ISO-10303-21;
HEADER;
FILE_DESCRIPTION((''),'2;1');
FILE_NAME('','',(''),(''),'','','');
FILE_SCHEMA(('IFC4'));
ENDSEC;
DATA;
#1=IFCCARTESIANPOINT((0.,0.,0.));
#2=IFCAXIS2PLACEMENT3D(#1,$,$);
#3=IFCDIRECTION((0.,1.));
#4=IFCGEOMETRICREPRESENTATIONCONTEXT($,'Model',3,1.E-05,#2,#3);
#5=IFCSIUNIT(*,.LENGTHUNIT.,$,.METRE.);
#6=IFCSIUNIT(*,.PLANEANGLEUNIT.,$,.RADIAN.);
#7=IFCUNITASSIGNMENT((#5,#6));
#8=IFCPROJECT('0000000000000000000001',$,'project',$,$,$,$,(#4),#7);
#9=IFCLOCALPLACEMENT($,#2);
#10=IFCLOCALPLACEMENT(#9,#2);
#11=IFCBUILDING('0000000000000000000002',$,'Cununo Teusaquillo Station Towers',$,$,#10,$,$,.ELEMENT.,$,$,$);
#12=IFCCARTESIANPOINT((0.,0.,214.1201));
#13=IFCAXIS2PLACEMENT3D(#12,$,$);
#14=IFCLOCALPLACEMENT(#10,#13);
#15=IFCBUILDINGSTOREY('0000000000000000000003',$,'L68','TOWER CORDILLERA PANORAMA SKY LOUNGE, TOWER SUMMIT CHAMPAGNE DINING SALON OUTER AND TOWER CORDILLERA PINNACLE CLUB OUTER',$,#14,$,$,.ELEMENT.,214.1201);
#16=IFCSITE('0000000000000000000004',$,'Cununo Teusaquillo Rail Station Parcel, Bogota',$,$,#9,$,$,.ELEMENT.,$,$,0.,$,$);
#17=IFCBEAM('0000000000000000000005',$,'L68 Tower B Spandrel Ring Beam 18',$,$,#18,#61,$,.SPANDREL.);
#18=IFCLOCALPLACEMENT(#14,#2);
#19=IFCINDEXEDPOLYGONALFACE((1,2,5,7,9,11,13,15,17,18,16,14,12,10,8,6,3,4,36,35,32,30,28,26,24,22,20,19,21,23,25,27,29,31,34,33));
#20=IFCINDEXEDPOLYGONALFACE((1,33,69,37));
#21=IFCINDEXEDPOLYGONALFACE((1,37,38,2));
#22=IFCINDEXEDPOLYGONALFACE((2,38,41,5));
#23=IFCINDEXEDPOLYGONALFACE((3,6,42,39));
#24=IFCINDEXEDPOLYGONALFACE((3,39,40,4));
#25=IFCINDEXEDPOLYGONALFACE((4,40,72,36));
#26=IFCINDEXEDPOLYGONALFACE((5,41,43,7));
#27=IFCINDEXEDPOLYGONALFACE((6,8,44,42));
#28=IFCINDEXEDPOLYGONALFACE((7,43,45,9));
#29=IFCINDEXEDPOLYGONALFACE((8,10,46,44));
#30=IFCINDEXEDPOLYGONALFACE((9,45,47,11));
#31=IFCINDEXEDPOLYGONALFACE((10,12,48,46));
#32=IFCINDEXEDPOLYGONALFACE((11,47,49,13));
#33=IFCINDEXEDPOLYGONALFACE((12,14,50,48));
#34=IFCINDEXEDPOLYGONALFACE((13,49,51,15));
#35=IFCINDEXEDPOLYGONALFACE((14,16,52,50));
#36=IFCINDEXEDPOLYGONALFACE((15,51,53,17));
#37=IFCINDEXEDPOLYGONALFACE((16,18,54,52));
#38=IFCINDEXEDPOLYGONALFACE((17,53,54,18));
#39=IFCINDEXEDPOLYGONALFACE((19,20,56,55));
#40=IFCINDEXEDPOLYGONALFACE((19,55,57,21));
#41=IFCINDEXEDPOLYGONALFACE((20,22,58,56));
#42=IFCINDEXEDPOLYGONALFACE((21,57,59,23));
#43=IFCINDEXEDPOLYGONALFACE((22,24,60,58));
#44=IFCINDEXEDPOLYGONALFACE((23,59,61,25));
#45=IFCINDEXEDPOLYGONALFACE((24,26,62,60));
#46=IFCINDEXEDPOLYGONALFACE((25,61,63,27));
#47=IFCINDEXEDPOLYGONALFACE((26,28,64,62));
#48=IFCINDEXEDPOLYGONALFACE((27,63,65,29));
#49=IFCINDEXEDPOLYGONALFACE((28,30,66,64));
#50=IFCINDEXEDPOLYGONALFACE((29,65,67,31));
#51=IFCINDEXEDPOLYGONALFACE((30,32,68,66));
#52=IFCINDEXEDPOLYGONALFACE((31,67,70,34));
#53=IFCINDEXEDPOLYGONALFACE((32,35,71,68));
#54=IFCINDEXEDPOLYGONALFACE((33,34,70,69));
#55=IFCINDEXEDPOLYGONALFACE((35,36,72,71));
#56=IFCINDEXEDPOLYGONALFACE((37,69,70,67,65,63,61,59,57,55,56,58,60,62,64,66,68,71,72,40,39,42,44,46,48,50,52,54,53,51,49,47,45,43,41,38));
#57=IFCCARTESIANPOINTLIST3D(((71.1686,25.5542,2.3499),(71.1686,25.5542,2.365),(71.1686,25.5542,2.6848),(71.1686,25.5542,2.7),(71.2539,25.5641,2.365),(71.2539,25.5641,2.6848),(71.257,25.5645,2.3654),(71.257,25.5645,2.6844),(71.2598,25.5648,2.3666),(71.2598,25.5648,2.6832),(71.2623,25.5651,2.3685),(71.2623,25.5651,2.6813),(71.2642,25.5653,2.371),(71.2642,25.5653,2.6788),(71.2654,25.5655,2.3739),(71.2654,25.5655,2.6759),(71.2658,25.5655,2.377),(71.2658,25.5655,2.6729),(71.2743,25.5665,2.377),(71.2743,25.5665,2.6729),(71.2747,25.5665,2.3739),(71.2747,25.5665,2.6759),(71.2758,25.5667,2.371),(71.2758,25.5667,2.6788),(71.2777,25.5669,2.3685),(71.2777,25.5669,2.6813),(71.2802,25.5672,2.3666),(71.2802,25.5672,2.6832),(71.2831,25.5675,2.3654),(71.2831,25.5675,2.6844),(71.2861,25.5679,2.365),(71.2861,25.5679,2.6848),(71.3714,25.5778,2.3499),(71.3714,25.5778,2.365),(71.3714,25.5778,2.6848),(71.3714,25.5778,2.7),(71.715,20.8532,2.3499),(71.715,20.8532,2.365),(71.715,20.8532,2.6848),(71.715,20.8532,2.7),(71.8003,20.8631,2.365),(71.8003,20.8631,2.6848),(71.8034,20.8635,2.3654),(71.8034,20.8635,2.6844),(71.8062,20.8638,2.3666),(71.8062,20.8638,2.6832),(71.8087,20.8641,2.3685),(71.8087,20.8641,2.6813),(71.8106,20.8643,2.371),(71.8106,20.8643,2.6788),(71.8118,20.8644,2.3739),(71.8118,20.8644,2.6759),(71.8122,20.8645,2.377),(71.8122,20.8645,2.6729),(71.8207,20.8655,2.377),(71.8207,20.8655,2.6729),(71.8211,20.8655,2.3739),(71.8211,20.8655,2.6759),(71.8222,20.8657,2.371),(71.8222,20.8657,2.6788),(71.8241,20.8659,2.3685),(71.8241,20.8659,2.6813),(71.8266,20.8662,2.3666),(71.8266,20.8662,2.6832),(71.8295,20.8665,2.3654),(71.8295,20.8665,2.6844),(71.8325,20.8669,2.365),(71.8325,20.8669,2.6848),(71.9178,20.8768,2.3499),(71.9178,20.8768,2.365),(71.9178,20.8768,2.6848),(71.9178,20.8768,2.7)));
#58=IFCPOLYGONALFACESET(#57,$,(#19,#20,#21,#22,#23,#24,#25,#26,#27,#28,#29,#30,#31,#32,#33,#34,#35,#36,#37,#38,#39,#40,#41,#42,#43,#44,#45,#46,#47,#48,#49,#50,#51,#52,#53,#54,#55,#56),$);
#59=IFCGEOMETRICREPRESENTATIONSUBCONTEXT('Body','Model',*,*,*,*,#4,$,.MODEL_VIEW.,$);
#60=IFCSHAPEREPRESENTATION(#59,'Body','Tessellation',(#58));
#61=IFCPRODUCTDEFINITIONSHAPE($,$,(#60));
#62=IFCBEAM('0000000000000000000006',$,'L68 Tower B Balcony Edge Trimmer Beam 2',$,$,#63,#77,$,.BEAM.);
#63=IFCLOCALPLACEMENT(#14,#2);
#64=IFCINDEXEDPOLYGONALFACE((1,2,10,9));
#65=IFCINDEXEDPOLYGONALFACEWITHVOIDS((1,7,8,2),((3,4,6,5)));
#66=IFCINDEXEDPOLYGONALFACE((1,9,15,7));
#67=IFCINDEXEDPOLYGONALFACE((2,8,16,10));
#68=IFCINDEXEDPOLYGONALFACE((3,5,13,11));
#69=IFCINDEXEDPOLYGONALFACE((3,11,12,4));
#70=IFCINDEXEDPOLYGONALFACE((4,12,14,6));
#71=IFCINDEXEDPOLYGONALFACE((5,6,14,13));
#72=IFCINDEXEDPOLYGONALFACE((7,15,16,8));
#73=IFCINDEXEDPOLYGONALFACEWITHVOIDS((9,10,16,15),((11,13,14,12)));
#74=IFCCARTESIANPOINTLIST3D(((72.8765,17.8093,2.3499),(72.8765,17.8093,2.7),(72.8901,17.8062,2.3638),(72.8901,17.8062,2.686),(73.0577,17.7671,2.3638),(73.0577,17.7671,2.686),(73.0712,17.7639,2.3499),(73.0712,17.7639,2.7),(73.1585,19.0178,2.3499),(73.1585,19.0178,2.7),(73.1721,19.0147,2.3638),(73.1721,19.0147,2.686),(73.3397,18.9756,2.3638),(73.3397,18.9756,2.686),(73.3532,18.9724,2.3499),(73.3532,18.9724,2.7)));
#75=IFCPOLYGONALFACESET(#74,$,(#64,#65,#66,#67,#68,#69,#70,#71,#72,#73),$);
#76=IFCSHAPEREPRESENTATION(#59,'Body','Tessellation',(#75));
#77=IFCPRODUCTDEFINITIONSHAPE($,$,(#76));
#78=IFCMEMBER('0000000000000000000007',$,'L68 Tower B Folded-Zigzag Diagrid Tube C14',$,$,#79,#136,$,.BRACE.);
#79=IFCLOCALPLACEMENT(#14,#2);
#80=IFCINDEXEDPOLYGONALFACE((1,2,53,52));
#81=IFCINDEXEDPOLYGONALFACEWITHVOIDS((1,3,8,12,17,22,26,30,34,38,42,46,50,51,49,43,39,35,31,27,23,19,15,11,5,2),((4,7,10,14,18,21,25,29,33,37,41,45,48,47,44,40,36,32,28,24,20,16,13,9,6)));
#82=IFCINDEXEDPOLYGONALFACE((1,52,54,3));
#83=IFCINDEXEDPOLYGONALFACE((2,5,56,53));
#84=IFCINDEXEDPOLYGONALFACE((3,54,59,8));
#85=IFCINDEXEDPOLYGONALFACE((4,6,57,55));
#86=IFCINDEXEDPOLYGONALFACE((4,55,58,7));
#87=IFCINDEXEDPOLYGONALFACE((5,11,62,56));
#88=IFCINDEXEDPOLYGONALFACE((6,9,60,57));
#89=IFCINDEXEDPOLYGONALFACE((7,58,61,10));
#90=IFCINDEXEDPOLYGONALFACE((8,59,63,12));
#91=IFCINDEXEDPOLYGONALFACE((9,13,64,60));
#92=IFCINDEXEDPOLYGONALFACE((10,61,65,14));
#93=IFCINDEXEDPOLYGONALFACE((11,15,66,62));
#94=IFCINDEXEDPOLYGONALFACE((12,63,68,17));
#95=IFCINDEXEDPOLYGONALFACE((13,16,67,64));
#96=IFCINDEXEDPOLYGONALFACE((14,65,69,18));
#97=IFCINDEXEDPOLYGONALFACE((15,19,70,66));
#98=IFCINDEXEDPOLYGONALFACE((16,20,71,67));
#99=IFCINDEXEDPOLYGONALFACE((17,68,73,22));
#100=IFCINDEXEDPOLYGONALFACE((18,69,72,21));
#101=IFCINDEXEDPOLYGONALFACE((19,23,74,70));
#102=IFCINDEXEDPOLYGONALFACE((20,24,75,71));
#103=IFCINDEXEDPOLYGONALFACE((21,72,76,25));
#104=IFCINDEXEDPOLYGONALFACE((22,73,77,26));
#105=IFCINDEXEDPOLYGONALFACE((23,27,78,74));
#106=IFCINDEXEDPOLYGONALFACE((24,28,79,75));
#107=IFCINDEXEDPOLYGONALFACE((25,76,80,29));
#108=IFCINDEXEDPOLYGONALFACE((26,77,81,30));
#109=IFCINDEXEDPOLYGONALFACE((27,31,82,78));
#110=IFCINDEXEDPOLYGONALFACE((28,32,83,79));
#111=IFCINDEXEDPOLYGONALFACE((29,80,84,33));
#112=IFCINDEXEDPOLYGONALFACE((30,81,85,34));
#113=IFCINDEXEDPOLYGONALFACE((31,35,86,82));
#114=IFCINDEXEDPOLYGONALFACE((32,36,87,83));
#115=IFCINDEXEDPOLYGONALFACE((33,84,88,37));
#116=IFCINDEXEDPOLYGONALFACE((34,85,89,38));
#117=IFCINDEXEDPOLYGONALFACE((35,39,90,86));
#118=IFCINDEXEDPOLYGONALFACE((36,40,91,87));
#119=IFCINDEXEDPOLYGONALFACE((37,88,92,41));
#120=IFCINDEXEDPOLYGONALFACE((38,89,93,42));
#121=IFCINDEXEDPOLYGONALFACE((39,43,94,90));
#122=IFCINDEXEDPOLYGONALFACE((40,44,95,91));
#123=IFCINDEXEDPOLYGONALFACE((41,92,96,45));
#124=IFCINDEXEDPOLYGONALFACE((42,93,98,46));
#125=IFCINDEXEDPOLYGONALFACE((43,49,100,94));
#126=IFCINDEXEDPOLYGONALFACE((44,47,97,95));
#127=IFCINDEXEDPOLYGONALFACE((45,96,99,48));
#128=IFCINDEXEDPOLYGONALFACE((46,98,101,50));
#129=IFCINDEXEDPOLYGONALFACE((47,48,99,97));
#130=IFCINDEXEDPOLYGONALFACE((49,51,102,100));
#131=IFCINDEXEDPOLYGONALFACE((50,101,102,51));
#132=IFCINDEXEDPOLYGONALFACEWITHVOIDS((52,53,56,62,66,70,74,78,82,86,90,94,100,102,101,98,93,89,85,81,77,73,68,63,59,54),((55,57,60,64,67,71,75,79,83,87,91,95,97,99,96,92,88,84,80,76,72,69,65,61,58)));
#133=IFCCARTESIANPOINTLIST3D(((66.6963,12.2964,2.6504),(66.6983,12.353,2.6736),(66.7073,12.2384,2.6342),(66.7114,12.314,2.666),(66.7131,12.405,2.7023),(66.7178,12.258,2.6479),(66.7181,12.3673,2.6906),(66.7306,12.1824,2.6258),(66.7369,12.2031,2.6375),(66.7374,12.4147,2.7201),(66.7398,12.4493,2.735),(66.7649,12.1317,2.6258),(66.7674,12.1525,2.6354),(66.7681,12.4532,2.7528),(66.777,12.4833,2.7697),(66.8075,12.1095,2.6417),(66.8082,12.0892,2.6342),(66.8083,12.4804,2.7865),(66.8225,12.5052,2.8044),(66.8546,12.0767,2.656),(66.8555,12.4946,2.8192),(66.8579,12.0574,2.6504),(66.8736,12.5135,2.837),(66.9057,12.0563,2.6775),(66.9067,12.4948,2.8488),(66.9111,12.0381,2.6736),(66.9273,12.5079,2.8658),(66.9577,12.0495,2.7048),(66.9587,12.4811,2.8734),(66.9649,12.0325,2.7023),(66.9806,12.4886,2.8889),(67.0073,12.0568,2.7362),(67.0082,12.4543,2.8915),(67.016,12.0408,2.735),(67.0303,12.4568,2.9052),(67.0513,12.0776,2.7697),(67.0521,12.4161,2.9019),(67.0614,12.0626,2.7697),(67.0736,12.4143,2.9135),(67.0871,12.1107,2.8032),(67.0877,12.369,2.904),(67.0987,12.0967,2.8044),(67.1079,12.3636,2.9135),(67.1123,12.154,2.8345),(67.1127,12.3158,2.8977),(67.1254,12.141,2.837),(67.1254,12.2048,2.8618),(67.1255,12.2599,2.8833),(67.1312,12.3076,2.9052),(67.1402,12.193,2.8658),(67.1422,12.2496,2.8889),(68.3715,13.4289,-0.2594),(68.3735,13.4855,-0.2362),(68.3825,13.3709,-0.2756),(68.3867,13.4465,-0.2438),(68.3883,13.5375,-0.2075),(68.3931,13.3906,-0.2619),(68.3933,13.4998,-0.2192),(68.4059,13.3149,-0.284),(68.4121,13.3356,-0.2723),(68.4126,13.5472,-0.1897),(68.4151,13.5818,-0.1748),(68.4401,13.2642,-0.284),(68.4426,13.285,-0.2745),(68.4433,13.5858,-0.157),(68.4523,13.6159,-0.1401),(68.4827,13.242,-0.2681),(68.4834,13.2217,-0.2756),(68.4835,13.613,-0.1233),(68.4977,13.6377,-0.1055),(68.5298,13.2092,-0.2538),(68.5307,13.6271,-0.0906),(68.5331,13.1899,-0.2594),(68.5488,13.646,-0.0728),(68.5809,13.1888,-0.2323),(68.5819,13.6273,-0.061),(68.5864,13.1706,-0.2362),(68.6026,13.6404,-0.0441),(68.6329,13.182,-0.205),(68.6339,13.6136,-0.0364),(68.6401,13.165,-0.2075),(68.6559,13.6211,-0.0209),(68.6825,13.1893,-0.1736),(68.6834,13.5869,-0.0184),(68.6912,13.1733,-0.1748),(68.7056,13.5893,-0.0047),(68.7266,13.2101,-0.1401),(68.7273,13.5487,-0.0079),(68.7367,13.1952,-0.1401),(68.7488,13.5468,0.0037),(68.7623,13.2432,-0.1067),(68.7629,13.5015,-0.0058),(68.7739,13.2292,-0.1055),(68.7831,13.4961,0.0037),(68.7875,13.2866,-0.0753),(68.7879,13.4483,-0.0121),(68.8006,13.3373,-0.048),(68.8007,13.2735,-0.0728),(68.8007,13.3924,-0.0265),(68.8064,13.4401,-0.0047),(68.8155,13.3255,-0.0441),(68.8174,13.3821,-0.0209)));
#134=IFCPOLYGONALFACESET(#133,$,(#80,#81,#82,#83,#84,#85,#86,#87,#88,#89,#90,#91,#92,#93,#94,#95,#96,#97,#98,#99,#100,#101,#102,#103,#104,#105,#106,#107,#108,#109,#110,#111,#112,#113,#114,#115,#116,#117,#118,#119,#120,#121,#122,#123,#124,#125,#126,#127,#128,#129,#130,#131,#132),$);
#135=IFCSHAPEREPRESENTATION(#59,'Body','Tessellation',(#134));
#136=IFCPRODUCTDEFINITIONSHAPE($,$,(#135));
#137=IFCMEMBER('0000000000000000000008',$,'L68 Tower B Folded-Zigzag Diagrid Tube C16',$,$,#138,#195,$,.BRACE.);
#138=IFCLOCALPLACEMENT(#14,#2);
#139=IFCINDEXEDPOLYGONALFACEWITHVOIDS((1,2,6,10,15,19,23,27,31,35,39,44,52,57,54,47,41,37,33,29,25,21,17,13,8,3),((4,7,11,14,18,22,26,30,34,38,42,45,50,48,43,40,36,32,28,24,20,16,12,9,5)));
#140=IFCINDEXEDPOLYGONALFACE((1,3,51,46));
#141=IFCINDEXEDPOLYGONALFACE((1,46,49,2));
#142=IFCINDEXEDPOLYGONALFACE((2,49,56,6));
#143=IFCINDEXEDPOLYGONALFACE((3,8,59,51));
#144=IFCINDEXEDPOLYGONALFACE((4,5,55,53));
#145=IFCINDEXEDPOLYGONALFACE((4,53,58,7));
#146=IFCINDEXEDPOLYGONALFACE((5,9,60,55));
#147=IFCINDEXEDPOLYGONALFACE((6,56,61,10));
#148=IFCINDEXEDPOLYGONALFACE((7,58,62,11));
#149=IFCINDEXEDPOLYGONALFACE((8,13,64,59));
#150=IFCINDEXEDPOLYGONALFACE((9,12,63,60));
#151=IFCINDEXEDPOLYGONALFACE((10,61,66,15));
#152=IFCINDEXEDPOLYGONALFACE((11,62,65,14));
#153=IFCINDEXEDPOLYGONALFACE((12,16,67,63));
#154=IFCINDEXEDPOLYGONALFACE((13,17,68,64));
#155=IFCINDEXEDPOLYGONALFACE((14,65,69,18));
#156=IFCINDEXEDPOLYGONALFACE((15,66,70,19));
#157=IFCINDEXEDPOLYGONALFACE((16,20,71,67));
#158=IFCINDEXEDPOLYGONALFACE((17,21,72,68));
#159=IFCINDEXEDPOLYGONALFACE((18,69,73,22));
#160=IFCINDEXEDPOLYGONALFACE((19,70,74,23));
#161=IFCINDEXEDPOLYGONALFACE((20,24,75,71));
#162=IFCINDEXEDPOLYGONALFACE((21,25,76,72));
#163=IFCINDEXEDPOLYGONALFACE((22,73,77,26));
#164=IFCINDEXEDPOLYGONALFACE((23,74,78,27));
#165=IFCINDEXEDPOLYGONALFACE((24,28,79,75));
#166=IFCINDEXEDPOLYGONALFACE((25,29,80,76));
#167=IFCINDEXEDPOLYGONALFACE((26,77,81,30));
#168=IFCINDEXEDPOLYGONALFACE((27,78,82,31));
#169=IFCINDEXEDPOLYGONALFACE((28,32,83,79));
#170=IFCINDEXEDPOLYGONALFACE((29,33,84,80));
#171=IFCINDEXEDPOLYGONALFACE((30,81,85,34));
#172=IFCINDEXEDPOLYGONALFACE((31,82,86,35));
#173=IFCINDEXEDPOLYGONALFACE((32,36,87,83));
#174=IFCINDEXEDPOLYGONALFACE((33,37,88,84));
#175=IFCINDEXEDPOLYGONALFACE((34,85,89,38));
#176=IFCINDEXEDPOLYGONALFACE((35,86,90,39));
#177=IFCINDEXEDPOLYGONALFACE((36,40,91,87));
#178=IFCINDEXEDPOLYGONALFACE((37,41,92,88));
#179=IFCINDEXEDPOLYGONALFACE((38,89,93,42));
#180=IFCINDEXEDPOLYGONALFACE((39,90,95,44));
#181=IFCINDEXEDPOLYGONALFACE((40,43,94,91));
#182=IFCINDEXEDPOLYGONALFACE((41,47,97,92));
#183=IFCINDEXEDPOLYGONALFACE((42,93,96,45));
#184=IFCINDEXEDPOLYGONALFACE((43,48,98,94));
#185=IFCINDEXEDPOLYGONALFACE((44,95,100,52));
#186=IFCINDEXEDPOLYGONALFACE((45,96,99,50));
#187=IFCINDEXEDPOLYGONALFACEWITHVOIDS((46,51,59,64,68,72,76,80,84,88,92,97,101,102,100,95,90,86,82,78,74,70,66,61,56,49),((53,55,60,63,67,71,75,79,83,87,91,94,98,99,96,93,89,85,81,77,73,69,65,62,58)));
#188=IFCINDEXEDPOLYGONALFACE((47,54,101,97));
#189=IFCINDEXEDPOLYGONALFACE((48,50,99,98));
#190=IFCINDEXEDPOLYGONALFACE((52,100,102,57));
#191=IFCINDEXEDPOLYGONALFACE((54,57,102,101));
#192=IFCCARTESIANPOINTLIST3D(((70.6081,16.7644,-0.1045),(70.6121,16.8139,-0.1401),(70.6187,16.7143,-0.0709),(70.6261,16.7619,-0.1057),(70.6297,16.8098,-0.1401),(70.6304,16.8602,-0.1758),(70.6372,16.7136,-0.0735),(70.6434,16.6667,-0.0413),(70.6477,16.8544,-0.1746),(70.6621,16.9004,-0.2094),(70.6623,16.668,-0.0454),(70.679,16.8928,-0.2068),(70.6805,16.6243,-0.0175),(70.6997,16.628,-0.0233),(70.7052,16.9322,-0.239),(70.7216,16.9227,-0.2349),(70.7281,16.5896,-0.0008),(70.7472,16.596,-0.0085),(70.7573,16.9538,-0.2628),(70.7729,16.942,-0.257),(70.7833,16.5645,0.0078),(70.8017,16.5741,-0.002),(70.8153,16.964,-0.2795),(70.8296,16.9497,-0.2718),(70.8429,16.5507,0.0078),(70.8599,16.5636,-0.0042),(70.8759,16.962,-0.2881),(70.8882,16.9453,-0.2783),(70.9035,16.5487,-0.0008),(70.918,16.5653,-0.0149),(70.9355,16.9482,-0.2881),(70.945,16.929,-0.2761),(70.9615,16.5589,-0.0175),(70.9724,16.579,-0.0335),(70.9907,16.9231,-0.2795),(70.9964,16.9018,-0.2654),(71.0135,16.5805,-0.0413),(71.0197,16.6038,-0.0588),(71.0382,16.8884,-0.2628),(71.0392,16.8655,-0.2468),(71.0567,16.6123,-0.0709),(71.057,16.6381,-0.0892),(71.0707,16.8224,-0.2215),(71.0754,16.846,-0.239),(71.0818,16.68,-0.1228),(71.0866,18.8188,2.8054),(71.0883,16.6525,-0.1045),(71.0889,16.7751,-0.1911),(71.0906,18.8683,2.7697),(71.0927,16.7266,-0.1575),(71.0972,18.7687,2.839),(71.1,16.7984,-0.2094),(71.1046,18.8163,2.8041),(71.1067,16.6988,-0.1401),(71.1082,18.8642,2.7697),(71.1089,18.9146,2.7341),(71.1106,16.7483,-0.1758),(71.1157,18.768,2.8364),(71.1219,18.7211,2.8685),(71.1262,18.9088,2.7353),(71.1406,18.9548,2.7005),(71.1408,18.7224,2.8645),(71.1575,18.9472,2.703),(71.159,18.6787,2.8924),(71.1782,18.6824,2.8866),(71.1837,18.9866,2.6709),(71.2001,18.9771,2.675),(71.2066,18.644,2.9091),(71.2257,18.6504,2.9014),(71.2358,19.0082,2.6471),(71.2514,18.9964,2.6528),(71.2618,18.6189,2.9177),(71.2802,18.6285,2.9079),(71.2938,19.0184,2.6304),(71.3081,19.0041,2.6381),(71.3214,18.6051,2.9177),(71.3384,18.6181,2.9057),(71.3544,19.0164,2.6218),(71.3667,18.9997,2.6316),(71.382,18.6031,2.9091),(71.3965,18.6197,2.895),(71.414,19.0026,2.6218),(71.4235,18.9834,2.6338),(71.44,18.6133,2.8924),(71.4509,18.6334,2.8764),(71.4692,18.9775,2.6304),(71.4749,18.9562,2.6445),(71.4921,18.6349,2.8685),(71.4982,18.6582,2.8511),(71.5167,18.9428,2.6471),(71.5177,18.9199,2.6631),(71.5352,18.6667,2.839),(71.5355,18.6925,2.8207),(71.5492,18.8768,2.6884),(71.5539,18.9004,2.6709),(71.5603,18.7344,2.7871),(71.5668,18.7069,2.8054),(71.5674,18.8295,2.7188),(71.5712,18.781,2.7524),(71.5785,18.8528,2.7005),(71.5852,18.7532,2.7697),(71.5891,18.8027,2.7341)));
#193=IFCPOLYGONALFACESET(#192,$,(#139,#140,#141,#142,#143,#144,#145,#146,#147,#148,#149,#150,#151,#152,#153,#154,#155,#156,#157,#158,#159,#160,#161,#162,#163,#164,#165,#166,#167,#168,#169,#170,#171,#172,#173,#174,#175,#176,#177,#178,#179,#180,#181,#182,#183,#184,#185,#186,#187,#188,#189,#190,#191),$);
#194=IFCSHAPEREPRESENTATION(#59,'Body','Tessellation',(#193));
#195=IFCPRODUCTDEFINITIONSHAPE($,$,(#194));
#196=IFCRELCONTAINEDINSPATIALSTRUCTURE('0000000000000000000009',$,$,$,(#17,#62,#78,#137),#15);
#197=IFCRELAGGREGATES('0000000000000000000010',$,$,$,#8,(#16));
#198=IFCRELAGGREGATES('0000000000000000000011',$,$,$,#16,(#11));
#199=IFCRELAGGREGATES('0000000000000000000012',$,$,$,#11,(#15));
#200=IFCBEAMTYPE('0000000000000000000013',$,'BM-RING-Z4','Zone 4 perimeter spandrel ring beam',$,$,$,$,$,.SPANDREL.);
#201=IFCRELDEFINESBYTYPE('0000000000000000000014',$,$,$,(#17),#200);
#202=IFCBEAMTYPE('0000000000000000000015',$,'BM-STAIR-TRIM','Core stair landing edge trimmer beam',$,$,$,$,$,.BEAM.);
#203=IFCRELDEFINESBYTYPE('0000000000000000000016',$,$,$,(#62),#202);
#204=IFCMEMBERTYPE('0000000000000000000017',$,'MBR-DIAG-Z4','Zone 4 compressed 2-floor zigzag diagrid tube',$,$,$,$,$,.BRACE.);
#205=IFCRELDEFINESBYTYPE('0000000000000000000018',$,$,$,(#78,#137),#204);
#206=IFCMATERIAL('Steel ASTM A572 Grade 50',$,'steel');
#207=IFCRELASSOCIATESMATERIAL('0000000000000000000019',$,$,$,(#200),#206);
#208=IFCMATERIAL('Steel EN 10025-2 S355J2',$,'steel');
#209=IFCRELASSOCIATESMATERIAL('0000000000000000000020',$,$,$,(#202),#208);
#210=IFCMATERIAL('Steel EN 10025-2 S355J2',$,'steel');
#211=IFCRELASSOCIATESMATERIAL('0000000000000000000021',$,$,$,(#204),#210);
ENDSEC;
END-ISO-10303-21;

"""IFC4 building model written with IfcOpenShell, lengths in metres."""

from ifc_helpers import new_model, si_unit, direction, frame, origin, origin_2d, place, context, subcontext, project, spatial, hollow_rectangle, hollow_circle, i_section, extrude, material, material_profile, profile_set, type_object, element, save


model = new_model("IFC4")

# Units and contexts
model_context = context("Model", 3, precision=1e-05, world=origin(), true_north=direction((0.0, 1.0)))
body_context = subcontext(model_context, "Body", "Model", "MODEL_VIEW")
ifc_project = project(units=[si_unit("LENGTHUNIT", "METRE"), si_unit("PLANEANGLEUNIT", "RADIAN")], contexts=[model_context])

# Site, building, storey
site_placement = place(None, origin())
site = spatial("IfcSite", under=ifc_project, at=site_placement, Name="Cununo Teusaquillo Rail Station Parcel, Bogota", CompositionType="ELEMENT", RefElevation=0.0)
building_placement = place(site_placement, origin())
building = spatial("IfcBuilding", under=site, at=building_placement, Name="Cununo Teusaquillo Station Towers", CompositionType="ELEMENT")
storey_placement = place(building_placement, frame((0.0, 0.0, 214.1201)))
storey = spatial("IfcBuildingStorey", under=building, at=storey_placement, Name="L68", Description="TOWER CORDILLERA PANORAMA SKY LOUNGE, TOWER SUMMIT CHAMPAGNE DINING SALON OUTER AND TOWER CORDILLERA PINNACLE CLUB OUTER", CompositionType="ELEMENT", Elevation=214.1201)

# Beams
ifc_material_1 = material(Name="Steel ASTM A572 Grade 50", Category="steel")
ifc_material_profile_1 = material_profile(ifc_material_1, i_section(OverallWidth=0.2041, OverallDepth=0.3501, WebThickness=0.0085, FlangeThickness=0.0151, FilletRadius=0.012, at=origin_2d()), Name="W14X48")
ifc_profile_set_1 = profile_set([ifc_material_profile_1], Name="Steel ASTM A572 Grade 50")
beam_type_1 = type_object("IfcBeamType", Name="BM-RING-Z4", Description="Zone 4 perimeter spandrel ring beam", PredefinedType="SPANDREL", material=ifc_profile_set_1)
beam_1_placement = place(storey_placement, frame((71.8164, 20.865, 2.5249), z_axis=(-0.115452, 0.993313, 0.0), x_axis=(-0.993313, -0.115452, 0.0)))
element("IfcBeam", 1, at=beam_1_placement, inside=storey, type_object=beam_type_1, Name="L68 Tower B Spandrel Ring Beam 18", PredefinedType="SPANDREL", context=body_context, shape_type="SweptSolid", body=[
    extrude(i_section(OverallWidth=0.2041, OverallDepth=0.3501, WebThickness=0.0085, FlangeThickness=0.0151, FilletRadius=0.012, at=origin_2d()), origin(), (0.0, 0.0, 1.0), 4.7327),
])
ifc_material_2 = material(Name="Steel EN 10025-2 S355J2", Category="steel")
ifc_material_profile_2 = material_profile(ifc_material_2, hollow_rectangle(XDim=0.2, YDim=0.3501, WallThickness=0.0139, at=origin_2d()), Name="RHS 350x200x14")
ifc_profile_set_2 = profile_set([ifc_material_profile_2], Name="Steel EN 10025-2 S355J2")
beam_type_2 = type_object("IfcBeamType", Name="BM-STAIR-TRIM", Description="Core stair landing edge trimmer beam", PredefinedType="BEAM", material=ifc_profile_set_2)
beam_2_placement = place(storey_placement, frame((72.9739, 17.7866, 2.5249), z_axis=(0.22723, 0.973841, 0.0), x_axis=(-0.973841, 0.22723, 0.0)))
element("IfcBeam", 2, at=beam_2_placement, inside=storey, type_object=beam_type_2, Name="L68 Tower B Balcony Edge Trimmer Beam 2", PredefinedType="BEAM", context=body_context, shape_type="SweptSolid", body=[
    extrude(hollow_rectangle(XDim=0.2, YDim=0.3501, WallThickness=0.0139, at=origin_2d()), origin(), (0.0, 0.0, 1.0), 1.241),
])

# Members
ifc_material_3 = material(Name="Steel EN 10025-2 S355J2", Category="steel")
ifc_material_profile_3 = material_profile(ifc_material_3, hollow_circle(Radius=0.2539, WallThickness=0.0181, at=origin_2d()), Name="CHS 508x18")
ifc_profile_set_3 = profile_set([ifc_material_profile_3], Name="Steel EN 10025-2 S355J2")
member_type = type_object("IfcMemberType", Name="MBR-DIAG-Z4", Description="Zone 4 compressed 2-floor zigzag diagrid tube", PredefinedType="BRACE", material=ifc_profile_set_3)
member_1_placement = place(storey_placement, frame((68.5945, 13.4055, -0.1401), z_axis=(-0.472769, -0.319612, 0.82118), x_axis=(0.560066, -0.828448, 0.0)))
element("IfcMember", 3, at=member_1_placement, inside=storey, type_object=member_type, Name="L68 Tower B Folded-Zigzag Diagrid Tube C14", PredefinedType="BRACE", context=body_context, shape_type="SweptSolid", body=[
    extrude(hollow_circle(Radius=0.2539, WallThickness=0.0181, at=origin_2d()), origin(), (0.0, 0.0, 1.0), 3.5435),
])
member_2_placement = place(storey_placement, frame((70.8594, 16.7563, -0.1401), z_axis=(0.133141, 0.571621, 0.809644), x_axis=(-0.973931, 0.226845, 0.0)))
element("IfcMember", 4, at=member_2_placement, inside=storey, type_object=member_type, Name="L68 Tower B Folded-Zigzag Diagrid Tube C16", PredefinedType="BRACE", context=body_context, shape_type="SweptSolid", body=[
    extrude(hollow_circle(Radius=0.2539, WallThickness=0.0181, at=origin_2d()), origin(), (0.0, 0.0, 1.0), 3.594),
])

save(model, "model.ifc")
